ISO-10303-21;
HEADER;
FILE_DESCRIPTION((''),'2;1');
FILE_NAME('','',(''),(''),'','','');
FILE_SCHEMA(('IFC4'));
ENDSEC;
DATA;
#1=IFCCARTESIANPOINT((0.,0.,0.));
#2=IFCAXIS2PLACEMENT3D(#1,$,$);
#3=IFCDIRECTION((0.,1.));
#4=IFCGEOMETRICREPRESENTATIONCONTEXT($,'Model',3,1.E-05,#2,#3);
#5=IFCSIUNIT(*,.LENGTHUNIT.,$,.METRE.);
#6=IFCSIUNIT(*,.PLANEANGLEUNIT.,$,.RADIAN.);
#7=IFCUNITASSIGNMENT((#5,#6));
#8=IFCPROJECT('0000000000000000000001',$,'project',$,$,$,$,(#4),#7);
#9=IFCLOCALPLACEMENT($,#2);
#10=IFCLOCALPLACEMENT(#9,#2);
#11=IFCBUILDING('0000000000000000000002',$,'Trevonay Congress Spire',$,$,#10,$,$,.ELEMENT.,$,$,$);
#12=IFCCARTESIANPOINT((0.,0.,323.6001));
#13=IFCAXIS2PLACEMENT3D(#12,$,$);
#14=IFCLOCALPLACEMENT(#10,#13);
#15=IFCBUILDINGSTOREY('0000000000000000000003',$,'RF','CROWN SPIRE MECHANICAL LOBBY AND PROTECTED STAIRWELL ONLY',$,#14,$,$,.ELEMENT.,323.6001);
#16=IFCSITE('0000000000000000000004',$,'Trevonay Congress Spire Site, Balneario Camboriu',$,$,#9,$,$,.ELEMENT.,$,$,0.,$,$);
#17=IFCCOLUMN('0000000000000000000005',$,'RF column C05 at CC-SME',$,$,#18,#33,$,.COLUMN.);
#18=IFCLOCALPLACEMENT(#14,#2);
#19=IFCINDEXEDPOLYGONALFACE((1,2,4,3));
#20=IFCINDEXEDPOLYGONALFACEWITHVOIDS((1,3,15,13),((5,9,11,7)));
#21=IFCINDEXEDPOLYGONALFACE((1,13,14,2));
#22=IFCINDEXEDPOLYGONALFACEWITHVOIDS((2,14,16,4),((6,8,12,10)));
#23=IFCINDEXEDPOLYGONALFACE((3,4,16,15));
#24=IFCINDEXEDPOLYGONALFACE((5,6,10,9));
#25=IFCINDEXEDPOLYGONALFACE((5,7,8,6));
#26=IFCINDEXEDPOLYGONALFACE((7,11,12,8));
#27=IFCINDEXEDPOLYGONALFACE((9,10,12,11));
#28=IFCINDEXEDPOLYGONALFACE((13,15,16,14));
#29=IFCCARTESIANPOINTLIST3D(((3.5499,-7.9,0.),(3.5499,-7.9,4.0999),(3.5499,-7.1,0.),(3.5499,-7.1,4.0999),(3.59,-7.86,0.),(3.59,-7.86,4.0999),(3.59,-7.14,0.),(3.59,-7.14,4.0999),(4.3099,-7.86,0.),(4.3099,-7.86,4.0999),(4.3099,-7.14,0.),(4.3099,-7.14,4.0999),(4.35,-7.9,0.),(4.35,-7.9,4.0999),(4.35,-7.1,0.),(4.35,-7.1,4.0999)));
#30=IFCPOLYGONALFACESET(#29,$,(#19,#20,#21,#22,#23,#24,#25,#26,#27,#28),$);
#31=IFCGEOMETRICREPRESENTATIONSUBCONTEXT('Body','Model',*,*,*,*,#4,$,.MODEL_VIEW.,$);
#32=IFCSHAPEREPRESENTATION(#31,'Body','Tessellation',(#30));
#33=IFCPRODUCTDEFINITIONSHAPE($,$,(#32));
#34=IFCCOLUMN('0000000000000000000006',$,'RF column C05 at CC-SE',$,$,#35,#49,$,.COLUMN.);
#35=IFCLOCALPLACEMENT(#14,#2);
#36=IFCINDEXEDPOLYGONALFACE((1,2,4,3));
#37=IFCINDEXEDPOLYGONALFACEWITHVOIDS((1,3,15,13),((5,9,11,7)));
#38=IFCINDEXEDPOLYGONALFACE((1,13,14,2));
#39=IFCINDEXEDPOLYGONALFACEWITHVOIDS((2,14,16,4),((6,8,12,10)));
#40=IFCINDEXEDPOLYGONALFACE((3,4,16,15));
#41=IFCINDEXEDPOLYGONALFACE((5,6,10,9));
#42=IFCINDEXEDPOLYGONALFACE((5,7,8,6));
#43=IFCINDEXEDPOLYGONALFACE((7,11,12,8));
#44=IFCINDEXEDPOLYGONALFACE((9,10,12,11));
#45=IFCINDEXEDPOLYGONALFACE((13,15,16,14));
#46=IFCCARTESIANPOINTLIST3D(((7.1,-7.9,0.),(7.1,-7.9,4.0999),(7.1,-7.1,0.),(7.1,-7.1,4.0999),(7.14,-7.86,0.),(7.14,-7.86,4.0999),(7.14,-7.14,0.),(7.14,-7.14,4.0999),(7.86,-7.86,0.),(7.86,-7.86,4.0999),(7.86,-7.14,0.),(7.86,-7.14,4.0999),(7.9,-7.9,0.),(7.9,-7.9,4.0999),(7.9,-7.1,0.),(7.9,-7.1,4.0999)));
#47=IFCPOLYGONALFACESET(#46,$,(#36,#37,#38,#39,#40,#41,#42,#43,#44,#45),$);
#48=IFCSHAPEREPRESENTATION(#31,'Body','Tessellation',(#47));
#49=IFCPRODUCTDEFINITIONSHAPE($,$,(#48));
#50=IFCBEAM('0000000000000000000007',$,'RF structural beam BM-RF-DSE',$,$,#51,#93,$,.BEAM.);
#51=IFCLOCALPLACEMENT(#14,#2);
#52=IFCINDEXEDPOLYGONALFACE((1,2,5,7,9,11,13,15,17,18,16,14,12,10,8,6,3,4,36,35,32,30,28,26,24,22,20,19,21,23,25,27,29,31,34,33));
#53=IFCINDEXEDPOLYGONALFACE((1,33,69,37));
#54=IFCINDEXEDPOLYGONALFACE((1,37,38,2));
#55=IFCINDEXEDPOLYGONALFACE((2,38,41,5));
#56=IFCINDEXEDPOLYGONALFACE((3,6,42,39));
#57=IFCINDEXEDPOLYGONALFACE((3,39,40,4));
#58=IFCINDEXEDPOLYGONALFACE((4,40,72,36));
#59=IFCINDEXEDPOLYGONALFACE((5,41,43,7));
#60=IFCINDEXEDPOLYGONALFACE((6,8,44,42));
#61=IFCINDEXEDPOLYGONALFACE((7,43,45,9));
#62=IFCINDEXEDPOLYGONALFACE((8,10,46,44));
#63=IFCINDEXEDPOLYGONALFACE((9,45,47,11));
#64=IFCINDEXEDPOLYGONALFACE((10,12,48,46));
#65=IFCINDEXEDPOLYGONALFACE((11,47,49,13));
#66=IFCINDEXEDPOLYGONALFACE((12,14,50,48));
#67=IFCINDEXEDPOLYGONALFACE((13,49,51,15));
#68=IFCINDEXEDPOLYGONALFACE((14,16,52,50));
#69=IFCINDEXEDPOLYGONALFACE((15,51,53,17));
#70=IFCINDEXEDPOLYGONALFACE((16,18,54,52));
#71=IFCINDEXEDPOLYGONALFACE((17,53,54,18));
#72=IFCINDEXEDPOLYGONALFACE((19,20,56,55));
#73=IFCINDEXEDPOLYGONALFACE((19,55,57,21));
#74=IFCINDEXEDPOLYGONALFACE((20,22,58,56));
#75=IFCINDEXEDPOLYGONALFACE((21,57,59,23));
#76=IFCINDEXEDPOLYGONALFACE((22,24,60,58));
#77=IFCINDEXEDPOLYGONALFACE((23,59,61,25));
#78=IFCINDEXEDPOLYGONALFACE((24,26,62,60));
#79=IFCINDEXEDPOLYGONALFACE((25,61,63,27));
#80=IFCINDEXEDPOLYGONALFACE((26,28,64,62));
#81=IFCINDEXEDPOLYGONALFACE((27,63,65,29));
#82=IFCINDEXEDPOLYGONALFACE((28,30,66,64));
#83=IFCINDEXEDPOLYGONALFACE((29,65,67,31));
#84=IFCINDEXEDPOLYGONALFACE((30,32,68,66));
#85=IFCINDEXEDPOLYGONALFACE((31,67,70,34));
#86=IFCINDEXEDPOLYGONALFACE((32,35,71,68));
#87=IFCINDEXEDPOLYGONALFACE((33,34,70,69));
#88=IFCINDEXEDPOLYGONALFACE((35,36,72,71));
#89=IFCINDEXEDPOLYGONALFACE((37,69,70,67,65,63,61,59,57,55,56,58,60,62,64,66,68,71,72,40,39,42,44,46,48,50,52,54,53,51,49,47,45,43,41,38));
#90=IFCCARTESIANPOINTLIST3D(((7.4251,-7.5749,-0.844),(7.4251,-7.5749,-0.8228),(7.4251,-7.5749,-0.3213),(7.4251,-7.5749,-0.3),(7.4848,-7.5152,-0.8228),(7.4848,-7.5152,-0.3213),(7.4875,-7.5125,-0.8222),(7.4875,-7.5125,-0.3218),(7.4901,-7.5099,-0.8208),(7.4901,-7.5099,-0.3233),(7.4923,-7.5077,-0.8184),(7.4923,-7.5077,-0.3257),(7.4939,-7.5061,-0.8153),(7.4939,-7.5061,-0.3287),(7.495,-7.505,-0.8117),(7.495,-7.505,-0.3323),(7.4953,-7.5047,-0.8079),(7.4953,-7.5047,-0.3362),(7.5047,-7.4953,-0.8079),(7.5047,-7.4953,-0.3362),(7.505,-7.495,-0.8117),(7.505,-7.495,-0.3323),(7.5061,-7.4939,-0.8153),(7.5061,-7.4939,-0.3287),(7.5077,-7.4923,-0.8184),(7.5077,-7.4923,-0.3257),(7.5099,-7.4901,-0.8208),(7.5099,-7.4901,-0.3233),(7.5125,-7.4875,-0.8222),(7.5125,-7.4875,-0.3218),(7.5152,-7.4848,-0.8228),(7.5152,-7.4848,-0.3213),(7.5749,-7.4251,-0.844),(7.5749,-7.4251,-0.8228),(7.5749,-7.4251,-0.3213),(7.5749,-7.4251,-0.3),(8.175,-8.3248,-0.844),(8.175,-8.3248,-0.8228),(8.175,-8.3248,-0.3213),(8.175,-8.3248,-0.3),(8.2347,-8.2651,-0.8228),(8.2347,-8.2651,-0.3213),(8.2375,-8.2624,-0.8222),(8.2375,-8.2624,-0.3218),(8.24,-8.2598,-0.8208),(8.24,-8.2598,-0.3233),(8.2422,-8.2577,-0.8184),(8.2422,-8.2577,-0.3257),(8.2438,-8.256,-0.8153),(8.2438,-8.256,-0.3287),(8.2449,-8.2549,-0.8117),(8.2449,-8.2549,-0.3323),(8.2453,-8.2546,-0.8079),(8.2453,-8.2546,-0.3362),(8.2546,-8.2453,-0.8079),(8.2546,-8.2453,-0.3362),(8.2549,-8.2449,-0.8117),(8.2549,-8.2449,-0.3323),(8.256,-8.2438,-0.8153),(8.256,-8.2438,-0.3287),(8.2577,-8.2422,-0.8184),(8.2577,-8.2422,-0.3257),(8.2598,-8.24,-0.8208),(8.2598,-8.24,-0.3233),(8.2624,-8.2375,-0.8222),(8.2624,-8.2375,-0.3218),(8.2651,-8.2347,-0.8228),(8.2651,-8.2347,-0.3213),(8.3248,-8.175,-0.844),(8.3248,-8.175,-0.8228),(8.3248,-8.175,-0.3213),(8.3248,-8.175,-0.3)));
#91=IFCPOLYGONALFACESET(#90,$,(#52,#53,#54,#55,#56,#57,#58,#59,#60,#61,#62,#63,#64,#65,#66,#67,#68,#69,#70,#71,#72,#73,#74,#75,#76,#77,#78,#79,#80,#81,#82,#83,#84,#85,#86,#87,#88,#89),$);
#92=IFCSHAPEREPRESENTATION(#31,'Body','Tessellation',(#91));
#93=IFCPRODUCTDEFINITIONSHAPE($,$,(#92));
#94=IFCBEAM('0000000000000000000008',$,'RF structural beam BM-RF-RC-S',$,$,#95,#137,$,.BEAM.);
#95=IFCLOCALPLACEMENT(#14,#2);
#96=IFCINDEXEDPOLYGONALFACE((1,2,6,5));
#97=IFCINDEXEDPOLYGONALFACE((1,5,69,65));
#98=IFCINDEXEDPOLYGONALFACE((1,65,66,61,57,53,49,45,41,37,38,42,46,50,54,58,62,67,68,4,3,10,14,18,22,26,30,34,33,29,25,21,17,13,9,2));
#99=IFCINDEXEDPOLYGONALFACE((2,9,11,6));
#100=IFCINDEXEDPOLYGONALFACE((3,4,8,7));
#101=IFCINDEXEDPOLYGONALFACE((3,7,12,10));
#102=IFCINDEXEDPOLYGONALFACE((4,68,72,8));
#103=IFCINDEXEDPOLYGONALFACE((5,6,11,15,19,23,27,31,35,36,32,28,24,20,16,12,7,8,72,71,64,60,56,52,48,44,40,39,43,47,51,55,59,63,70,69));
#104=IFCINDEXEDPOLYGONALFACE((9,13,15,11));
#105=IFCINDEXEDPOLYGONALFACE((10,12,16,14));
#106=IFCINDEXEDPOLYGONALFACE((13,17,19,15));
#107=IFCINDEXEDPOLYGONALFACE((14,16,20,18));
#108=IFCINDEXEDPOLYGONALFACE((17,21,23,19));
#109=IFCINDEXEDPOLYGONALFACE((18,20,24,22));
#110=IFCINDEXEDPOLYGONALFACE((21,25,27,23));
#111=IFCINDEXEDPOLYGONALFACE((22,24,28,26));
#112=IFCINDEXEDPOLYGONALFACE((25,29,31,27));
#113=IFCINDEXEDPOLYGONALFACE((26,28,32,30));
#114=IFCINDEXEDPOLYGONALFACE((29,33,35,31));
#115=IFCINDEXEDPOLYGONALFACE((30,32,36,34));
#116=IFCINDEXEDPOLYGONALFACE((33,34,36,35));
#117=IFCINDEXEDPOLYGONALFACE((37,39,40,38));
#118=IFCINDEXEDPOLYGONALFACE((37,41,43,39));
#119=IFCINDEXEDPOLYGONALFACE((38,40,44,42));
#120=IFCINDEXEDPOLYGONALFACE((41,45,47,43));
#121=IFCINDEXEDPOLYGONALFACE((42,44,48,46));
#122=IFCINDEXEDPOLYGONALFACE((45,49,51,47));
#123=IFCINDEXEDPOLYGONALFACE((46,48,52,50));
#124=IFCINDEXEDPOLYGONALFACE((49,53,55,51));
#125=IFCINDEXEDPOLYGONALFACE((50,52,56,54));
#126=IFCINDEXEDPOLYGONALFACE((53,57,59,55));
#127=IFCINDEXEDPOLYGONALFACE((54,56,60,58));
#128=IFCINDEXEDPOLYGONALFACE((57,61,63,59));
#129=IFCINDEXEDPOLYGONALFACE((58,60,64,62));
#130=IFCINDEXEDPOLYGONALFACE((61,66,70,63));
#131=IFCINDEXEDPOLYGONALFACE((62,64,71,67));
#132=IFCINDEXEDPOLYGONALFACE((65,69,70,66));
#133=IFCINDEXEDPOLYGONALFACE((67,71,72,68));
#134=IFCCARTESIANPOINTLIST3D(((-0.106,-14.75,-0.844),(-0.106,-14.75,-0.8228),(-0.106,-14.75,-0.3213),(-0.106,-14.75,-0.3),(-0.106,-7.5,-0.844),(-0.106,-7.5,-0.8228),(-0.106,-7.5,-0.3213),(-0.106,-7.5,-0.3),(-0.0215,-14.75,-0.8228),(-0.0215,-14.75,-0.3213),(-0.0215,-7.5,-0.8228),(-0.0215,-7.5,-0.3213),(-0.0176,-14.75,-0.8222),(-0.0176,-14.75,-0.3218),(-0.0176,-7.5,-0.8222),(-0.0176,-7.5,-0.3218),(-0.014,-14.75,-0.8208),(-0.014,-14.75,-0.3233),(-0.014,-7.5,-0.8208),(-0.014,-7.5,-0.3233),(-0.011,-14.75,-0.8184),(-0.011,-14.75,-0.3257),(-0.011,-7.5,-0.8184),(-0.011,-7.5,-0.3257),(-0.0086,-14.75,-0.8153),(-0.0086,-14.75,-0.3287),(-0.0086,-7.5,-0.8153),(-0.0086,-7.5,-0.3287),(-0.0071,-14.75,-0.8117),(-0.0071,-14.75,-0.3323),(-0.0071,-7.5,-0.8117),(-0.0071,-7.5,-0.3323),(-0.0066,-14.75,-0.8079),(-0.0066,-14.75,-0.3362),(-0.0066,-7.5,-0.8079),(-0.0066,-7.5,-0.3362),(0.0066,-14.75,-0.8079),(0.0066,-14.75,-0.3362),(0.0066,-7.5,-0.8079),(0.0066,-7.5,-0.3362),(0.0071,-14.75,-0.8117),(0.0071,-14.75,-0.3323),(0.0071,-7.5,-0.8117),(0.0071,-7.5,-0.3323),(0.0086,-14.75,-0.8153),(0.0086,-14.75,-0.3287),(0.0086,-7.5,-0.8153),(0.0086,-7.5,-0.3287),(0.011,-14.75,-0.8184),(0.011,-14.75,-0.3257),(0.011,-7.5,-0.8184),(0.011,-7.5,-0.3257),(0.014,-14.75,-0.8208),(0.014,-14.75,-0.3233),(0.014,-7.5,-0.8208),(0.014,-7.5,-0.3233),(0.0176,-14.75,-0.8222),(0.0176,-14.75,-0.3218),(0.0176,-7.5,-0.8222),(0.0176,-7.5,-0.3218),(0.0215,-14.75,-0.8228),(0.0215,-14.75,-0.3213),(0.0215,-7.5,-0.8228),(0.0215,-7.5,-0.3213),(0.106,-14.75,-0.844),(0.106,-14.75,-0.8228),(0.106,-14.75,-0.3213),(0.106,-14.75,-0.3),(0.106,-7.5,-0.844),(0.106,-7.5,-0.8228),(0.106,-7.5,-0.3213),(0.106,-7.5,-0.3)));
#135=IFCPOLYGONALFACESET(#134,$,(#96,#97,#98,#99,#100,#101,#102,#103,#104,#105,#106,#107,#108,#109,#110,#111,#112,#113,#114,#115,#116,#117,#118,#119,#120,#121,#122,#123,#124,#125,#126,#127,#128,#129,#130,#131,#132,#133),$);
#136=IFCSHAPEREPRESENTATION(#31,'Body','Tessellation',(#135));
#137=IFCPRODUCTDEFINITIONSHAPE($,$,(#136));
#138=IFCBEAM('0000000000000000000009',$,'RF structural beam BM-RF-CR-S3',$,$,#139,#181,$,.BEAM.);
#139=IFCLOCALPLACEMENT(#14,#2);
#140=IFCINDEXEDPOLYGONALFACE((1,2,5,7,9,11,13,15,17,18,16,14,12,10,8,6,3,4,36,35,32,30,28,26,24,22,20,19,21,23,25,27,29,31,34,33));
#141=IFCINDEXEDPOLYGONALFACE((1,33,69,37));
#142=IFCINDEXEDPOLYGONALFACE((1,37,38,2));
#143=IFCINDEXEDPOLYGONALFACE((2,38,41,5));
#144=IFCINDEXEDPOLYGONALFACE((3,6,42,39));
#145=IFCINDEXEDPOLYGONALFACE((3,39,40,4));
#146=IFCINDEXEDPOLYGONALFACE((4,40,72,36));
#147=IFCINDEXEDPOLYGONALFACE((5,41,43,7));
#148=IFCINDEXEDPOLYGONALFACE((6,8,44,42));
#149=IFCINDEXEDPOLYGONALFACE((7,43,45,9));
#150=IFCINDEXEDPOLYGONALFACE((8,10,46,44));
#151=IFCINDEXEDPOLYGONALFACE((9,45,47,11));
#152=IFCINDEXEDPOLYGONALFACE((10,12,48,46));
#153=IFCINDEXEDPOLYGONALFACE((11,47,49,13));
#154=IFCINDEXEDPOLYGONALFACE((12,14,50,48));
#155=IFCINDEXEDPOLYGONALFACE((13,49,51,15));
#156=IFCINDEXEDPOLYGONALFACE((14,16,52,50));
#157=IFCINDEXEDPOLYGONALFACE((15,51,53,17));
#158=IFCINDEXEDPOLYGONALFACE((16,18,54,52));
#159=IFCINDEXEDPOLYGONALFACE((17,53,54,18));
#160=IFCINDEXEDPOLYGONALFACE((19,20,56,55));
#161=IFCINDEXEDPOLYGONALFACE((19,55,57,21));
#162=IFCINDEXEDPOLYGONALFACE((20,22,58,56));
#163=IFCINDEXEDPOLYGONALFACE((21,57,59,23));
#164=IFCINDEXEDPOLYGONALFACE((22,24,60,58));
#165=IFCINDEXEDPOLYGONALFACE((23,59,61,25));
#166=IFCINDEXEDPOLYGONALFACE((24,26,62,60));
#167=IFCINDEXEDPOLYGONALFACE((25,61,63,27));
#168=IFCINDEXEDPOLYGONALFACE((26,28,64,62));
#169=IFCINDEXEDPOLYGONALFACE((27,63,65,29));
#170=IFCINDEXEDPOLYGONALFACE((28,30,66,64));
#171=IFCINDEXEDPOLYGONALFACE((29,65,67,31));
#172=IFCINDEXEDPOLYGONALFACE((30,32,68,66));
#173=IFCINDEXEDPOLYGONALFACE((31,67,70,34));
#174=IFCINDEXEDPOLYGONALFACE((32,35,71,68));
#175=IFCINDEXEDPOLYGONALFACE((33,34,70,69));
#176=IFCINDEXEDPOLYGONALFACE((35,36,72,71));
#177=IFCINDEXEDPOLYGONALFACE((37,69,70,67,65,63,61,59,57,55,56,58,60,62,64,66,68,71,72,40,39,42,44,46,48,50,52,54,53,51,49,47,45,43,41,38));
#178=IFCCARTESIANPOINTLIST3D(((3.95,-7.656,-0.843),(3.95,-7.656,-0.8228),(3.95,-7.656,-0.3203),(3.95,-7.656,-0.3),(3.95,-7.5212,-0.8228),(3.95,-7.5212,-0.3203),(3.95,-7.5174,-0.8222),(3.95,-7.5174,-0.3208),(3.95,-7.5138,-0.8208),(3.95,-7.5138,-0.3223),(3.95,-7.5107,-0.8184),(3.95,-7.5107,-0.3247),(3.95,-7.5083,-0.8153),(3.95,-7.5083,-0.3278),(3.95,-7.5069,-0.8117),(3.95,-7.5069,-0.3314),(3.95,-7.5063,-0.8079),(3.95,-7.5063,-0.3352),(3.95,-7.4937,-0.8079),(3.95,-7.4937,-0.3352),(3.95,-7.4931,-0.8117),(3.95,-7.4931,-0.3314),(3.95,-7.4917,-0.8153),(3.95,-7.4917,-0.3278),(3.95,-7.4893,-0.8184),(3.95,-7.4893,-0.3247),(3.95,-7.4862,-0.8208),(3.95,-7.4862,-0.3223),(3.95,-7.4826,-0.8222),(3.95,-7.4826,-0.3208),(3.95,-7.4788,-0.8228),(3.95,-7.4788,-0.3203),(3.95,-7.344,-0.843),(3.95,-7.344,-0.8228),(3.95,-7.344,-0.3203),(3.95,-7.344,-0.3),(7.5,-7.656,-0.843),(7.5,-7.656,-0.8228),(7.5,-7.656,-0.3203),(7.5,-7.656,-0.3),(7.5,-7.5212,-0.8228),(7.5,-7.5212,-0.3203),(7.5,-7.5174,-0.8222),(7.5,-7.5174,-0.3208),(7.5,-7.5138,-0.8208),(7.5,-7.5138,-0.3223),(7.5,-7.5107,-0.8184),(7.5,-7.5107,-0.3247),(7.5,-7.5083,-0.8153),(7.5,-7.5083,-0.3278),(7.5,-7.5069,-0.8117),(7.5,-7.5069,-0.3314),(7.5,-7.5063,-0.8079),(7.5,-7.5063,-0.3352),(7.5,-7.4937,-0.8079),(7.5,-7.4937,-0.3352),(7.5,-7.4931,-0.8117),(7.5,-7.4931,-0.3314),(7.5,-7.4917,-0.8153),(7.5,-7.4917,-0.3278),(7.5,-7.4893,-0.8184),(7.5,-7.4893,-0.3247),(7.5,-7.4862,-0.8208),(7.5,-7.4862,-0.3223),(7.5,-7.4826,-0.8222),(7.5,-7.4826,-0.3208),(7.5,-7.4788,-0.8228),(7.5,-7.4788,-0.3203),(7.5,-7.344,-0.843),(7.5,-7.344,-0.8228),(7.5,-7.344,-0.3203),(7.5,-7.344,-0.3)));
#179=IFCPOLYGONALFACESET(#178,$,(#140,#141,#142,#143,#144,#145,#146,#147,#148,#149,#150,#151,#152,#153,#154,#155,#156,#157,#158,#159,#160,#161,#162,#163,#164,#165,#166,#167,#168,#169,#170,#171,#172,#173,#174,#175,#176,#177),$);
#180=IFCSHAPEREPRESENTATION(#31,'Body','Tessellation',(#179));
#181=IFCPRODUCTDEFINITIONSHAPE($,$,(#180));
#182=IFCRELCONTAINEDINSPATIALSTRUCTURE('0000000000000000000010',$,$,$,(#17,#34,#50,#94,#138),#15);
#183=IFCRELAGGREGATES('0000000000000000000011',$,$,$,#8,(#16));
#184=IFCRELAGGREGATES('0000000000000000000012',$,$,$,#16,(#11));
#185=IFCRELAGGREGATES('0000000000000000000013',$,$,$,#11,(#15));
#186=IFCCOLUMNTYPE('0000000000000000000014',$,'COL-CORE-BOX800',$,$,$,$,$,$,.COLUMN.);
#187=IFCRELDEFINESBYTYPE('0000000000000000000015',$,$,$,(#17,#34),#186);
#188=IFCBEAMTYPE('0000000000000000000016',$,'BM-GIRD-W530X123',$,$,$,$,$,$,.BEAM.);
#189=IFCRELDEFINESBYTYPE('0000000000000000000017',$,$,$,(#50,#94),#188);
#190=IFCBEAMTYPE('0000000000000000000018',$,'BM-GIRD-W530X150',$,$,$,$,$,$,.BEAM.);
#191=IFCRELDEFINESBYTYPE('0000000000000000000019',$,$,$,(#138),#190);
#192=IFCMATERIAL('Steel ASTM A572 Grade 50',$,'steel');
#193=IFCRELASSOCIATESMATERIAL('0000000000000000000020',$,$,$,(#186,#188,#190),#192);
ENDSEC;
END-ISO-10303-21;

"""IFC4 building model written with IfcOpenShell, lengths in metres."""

from ifc_helpers import new_model, si_unit, direction, frame, origin, origin_2d, place, context, subcontext, project, spatial, hollow_rectangle, i_section, extrude, material, material_profile, profile_set, type_object, element, save


model = new_model("IFC4")

# Units and contexts
model_context = context("Model", 3, precision=1e-05, world=origin(), true_north=direction((0.0, 1.0)))
body_context = subcontext(model_context, "Body", "Model", "MODEL_VIEW")
ifc_project = project(units=[si_unit("LENGTHUNIT", "METRE"), si_unit("PLANEANGLEUNIT", "RADIAN")], contexts=[model_context])

# Site, building, storey
site_placement = place(None, origin())
site = spatial("IfcSite", under=ifc_project, at=site_placement, Name="Trevonay Congress Spire Site, Balneario Camboriu", CompositionType="ELEMENT", RefElevation=0.0)
building_placement = place(site_placement, origin())
building = spatial("IfcBuilding", under=site, at=building_placement, Name="Trevonay Congress Spire", CompositionType="ELEMENT")
storey_placement = place(building_placement, frame((0.0, 0.0, 323.6001)))
storey = spatial("IfcBuildingStorey", under=building, at=storey_placement, Name="RF", Description="CROWN SPIRE MECHANICAL LOBBY AND PROTECTED STAIRWELL ONLY", CompositionType="ELEMENT", Elevation=323.6001)

# Columns
ifc_material_1 = material(Name="Steel ASTM A572 Grade 50", Category="steel")
ifc_material_profile_1 = material_profile(ifc_material_1, hollow_rectangle(XDim=0.8, YDim=0.8, WallThickness=0.04, at=origin_2d()), Name="BOX 800x800x40")
ifc_profile_set_1 = profile_set([ifc_material_profile_1], Name="Steel ASTM A572 Grade 50")
column_type = type_object("IfcColumnType", Name="COL-CORE-BOX800", PredefinedType="COLUMN", material=ifc_profile_set_1)
for number, where, z_axis, x_axis, name in (
    (1, (3.95, -7.5, 0.0), (0.0, 0.0, 1.0), (1.0, 0.0, 0.0), "RF column C05 at CC-SME"),
    (2, (7.5, -7.5, 0.0), (0.0, 0.0, 1.0), (1.0, 0.0, 0.0), "RF column C05 at CC-SE"),
):
    element("IfcColumn", number, at=place(storey_placement, frame(where, z_axis=z_axis, x_axis=x_axis)), inside=storey, type_object=column_type, Name=name, PredefinedType="COLUMN", context=body_context, shape_type="SweptSolid", body=[
        extrude(hollow_rectangle(XDim=0.8, YDim=0.8, WallThickness=0.04, at=origin_2d()), origin(), (0.0, 0.0, 1.0), 4.0999),
    ])

# Beams
ifc_material_profile_2 = material_profile(ifc_material_1, i_section(OverallWidth=0.2119, OverallDepth=0.5439, WebThickness=0.0132, FlangeThickness=0.0212, FilletRadius=0.0149, at=origin_2d()), Name="W530x123")
ifc_profile_set_2 = profile_set([ifc_material_profile_2], Name="Steel ASTM A572 Grade 50")
beam_type_1 = type_object("IfcBeamType", Name="BM-GIRD-W530X123", PredefinedType="BEAM", material=ifc_profile_set_2)
beam_1_placement = place(storey_placement, frame((7.5, -7.5, -0.572), z_axis=(0.707107, -0.707107, 0.0), x_axis=(0.707107, 0.707107, 0.0)))
element("IfcBeam", 3, at=beam_1_placement, inside=storey, type_object=beam_type_1, Name="RF structural beam BM-RF-DSE", PredefinedType="BEAM", context=body_context, shape_type="SweptSolid", body=[
    extrude(i_section(OverallWidth=0.2119, OverallDepth=0.5439, WebThickness=0.0132, FlangeThickness=0.0212, FilletRadius=0.0149, at=origin_2d()), origin(), (0.0, 0.0, 1.0), 1.0605),
])
beam_2_placement = place(storey_placement, frame((0.0, -7.5, -0.572), z_axis=(0.0, -1.0, 0.0), x_axis=(1.0, 0.0, 0.0)))
element("IfcBeam", 4, at=beam_2_placement, inside=storey, type_object=beam_type_1, Name="RF structural beam BM-RF-RC-S", PredefinedType="BEAM", context=body_context, shape_type="SweptSolid", body=[
    extrude(i_section(OverallWidth=0.2119, OverallDepth=0.5439, WebThickness=0.0132, FlangeThickness=0.0212, FilletRadius=0.0149, at=origin_2d()), origin(), (0.0, 0.0, 1.0), 7.25),
])
ifc_material_profile_3 = material_profile(ifc_material_1, i_section(OverallWidth=0.312, OverallDepth=0.543, WebThickness=0.0127, FlangeThickness=0.0203, FilletRadius=0.0149, at=origin_2d()), Name="W530x150")
ifc_profile_set_3 = profile_set([ifc_material_profile_3], Name="Steel ASTM A572 Grade 50")
beam_type_2 = type_object("IfcBeamType", Name="BM-GIRD-W530X150", PredefinedType="BEAM", material=ifc_profile_set_3)
beam_3_placement = place(storey_placement, frame((3.95, -7.5, -0.5715), z_axis=(1.0, 0.0, 0.0), x_axis=(0.0, 1.0, 0.0)))
element("IfcBeam", 5, at=beam_3_placement, inside=storey, type_object=beam_type_2, Name="RF structural beam BM-RF-CR-S3", PredefinedType="BEAM", context=body_context, shape_type="SweptSolid", body=[
    extrude(i_section(OverallWidth=0.312, OverallDepth=0.543, WebThickness=0.0127, FlangeThickness=0.0203, FilletRadius=0.0149, at=origin_2d()), origin(), (0.0, 0.0, 1.0), 3.55),
])

save(model, "model.ifc")
